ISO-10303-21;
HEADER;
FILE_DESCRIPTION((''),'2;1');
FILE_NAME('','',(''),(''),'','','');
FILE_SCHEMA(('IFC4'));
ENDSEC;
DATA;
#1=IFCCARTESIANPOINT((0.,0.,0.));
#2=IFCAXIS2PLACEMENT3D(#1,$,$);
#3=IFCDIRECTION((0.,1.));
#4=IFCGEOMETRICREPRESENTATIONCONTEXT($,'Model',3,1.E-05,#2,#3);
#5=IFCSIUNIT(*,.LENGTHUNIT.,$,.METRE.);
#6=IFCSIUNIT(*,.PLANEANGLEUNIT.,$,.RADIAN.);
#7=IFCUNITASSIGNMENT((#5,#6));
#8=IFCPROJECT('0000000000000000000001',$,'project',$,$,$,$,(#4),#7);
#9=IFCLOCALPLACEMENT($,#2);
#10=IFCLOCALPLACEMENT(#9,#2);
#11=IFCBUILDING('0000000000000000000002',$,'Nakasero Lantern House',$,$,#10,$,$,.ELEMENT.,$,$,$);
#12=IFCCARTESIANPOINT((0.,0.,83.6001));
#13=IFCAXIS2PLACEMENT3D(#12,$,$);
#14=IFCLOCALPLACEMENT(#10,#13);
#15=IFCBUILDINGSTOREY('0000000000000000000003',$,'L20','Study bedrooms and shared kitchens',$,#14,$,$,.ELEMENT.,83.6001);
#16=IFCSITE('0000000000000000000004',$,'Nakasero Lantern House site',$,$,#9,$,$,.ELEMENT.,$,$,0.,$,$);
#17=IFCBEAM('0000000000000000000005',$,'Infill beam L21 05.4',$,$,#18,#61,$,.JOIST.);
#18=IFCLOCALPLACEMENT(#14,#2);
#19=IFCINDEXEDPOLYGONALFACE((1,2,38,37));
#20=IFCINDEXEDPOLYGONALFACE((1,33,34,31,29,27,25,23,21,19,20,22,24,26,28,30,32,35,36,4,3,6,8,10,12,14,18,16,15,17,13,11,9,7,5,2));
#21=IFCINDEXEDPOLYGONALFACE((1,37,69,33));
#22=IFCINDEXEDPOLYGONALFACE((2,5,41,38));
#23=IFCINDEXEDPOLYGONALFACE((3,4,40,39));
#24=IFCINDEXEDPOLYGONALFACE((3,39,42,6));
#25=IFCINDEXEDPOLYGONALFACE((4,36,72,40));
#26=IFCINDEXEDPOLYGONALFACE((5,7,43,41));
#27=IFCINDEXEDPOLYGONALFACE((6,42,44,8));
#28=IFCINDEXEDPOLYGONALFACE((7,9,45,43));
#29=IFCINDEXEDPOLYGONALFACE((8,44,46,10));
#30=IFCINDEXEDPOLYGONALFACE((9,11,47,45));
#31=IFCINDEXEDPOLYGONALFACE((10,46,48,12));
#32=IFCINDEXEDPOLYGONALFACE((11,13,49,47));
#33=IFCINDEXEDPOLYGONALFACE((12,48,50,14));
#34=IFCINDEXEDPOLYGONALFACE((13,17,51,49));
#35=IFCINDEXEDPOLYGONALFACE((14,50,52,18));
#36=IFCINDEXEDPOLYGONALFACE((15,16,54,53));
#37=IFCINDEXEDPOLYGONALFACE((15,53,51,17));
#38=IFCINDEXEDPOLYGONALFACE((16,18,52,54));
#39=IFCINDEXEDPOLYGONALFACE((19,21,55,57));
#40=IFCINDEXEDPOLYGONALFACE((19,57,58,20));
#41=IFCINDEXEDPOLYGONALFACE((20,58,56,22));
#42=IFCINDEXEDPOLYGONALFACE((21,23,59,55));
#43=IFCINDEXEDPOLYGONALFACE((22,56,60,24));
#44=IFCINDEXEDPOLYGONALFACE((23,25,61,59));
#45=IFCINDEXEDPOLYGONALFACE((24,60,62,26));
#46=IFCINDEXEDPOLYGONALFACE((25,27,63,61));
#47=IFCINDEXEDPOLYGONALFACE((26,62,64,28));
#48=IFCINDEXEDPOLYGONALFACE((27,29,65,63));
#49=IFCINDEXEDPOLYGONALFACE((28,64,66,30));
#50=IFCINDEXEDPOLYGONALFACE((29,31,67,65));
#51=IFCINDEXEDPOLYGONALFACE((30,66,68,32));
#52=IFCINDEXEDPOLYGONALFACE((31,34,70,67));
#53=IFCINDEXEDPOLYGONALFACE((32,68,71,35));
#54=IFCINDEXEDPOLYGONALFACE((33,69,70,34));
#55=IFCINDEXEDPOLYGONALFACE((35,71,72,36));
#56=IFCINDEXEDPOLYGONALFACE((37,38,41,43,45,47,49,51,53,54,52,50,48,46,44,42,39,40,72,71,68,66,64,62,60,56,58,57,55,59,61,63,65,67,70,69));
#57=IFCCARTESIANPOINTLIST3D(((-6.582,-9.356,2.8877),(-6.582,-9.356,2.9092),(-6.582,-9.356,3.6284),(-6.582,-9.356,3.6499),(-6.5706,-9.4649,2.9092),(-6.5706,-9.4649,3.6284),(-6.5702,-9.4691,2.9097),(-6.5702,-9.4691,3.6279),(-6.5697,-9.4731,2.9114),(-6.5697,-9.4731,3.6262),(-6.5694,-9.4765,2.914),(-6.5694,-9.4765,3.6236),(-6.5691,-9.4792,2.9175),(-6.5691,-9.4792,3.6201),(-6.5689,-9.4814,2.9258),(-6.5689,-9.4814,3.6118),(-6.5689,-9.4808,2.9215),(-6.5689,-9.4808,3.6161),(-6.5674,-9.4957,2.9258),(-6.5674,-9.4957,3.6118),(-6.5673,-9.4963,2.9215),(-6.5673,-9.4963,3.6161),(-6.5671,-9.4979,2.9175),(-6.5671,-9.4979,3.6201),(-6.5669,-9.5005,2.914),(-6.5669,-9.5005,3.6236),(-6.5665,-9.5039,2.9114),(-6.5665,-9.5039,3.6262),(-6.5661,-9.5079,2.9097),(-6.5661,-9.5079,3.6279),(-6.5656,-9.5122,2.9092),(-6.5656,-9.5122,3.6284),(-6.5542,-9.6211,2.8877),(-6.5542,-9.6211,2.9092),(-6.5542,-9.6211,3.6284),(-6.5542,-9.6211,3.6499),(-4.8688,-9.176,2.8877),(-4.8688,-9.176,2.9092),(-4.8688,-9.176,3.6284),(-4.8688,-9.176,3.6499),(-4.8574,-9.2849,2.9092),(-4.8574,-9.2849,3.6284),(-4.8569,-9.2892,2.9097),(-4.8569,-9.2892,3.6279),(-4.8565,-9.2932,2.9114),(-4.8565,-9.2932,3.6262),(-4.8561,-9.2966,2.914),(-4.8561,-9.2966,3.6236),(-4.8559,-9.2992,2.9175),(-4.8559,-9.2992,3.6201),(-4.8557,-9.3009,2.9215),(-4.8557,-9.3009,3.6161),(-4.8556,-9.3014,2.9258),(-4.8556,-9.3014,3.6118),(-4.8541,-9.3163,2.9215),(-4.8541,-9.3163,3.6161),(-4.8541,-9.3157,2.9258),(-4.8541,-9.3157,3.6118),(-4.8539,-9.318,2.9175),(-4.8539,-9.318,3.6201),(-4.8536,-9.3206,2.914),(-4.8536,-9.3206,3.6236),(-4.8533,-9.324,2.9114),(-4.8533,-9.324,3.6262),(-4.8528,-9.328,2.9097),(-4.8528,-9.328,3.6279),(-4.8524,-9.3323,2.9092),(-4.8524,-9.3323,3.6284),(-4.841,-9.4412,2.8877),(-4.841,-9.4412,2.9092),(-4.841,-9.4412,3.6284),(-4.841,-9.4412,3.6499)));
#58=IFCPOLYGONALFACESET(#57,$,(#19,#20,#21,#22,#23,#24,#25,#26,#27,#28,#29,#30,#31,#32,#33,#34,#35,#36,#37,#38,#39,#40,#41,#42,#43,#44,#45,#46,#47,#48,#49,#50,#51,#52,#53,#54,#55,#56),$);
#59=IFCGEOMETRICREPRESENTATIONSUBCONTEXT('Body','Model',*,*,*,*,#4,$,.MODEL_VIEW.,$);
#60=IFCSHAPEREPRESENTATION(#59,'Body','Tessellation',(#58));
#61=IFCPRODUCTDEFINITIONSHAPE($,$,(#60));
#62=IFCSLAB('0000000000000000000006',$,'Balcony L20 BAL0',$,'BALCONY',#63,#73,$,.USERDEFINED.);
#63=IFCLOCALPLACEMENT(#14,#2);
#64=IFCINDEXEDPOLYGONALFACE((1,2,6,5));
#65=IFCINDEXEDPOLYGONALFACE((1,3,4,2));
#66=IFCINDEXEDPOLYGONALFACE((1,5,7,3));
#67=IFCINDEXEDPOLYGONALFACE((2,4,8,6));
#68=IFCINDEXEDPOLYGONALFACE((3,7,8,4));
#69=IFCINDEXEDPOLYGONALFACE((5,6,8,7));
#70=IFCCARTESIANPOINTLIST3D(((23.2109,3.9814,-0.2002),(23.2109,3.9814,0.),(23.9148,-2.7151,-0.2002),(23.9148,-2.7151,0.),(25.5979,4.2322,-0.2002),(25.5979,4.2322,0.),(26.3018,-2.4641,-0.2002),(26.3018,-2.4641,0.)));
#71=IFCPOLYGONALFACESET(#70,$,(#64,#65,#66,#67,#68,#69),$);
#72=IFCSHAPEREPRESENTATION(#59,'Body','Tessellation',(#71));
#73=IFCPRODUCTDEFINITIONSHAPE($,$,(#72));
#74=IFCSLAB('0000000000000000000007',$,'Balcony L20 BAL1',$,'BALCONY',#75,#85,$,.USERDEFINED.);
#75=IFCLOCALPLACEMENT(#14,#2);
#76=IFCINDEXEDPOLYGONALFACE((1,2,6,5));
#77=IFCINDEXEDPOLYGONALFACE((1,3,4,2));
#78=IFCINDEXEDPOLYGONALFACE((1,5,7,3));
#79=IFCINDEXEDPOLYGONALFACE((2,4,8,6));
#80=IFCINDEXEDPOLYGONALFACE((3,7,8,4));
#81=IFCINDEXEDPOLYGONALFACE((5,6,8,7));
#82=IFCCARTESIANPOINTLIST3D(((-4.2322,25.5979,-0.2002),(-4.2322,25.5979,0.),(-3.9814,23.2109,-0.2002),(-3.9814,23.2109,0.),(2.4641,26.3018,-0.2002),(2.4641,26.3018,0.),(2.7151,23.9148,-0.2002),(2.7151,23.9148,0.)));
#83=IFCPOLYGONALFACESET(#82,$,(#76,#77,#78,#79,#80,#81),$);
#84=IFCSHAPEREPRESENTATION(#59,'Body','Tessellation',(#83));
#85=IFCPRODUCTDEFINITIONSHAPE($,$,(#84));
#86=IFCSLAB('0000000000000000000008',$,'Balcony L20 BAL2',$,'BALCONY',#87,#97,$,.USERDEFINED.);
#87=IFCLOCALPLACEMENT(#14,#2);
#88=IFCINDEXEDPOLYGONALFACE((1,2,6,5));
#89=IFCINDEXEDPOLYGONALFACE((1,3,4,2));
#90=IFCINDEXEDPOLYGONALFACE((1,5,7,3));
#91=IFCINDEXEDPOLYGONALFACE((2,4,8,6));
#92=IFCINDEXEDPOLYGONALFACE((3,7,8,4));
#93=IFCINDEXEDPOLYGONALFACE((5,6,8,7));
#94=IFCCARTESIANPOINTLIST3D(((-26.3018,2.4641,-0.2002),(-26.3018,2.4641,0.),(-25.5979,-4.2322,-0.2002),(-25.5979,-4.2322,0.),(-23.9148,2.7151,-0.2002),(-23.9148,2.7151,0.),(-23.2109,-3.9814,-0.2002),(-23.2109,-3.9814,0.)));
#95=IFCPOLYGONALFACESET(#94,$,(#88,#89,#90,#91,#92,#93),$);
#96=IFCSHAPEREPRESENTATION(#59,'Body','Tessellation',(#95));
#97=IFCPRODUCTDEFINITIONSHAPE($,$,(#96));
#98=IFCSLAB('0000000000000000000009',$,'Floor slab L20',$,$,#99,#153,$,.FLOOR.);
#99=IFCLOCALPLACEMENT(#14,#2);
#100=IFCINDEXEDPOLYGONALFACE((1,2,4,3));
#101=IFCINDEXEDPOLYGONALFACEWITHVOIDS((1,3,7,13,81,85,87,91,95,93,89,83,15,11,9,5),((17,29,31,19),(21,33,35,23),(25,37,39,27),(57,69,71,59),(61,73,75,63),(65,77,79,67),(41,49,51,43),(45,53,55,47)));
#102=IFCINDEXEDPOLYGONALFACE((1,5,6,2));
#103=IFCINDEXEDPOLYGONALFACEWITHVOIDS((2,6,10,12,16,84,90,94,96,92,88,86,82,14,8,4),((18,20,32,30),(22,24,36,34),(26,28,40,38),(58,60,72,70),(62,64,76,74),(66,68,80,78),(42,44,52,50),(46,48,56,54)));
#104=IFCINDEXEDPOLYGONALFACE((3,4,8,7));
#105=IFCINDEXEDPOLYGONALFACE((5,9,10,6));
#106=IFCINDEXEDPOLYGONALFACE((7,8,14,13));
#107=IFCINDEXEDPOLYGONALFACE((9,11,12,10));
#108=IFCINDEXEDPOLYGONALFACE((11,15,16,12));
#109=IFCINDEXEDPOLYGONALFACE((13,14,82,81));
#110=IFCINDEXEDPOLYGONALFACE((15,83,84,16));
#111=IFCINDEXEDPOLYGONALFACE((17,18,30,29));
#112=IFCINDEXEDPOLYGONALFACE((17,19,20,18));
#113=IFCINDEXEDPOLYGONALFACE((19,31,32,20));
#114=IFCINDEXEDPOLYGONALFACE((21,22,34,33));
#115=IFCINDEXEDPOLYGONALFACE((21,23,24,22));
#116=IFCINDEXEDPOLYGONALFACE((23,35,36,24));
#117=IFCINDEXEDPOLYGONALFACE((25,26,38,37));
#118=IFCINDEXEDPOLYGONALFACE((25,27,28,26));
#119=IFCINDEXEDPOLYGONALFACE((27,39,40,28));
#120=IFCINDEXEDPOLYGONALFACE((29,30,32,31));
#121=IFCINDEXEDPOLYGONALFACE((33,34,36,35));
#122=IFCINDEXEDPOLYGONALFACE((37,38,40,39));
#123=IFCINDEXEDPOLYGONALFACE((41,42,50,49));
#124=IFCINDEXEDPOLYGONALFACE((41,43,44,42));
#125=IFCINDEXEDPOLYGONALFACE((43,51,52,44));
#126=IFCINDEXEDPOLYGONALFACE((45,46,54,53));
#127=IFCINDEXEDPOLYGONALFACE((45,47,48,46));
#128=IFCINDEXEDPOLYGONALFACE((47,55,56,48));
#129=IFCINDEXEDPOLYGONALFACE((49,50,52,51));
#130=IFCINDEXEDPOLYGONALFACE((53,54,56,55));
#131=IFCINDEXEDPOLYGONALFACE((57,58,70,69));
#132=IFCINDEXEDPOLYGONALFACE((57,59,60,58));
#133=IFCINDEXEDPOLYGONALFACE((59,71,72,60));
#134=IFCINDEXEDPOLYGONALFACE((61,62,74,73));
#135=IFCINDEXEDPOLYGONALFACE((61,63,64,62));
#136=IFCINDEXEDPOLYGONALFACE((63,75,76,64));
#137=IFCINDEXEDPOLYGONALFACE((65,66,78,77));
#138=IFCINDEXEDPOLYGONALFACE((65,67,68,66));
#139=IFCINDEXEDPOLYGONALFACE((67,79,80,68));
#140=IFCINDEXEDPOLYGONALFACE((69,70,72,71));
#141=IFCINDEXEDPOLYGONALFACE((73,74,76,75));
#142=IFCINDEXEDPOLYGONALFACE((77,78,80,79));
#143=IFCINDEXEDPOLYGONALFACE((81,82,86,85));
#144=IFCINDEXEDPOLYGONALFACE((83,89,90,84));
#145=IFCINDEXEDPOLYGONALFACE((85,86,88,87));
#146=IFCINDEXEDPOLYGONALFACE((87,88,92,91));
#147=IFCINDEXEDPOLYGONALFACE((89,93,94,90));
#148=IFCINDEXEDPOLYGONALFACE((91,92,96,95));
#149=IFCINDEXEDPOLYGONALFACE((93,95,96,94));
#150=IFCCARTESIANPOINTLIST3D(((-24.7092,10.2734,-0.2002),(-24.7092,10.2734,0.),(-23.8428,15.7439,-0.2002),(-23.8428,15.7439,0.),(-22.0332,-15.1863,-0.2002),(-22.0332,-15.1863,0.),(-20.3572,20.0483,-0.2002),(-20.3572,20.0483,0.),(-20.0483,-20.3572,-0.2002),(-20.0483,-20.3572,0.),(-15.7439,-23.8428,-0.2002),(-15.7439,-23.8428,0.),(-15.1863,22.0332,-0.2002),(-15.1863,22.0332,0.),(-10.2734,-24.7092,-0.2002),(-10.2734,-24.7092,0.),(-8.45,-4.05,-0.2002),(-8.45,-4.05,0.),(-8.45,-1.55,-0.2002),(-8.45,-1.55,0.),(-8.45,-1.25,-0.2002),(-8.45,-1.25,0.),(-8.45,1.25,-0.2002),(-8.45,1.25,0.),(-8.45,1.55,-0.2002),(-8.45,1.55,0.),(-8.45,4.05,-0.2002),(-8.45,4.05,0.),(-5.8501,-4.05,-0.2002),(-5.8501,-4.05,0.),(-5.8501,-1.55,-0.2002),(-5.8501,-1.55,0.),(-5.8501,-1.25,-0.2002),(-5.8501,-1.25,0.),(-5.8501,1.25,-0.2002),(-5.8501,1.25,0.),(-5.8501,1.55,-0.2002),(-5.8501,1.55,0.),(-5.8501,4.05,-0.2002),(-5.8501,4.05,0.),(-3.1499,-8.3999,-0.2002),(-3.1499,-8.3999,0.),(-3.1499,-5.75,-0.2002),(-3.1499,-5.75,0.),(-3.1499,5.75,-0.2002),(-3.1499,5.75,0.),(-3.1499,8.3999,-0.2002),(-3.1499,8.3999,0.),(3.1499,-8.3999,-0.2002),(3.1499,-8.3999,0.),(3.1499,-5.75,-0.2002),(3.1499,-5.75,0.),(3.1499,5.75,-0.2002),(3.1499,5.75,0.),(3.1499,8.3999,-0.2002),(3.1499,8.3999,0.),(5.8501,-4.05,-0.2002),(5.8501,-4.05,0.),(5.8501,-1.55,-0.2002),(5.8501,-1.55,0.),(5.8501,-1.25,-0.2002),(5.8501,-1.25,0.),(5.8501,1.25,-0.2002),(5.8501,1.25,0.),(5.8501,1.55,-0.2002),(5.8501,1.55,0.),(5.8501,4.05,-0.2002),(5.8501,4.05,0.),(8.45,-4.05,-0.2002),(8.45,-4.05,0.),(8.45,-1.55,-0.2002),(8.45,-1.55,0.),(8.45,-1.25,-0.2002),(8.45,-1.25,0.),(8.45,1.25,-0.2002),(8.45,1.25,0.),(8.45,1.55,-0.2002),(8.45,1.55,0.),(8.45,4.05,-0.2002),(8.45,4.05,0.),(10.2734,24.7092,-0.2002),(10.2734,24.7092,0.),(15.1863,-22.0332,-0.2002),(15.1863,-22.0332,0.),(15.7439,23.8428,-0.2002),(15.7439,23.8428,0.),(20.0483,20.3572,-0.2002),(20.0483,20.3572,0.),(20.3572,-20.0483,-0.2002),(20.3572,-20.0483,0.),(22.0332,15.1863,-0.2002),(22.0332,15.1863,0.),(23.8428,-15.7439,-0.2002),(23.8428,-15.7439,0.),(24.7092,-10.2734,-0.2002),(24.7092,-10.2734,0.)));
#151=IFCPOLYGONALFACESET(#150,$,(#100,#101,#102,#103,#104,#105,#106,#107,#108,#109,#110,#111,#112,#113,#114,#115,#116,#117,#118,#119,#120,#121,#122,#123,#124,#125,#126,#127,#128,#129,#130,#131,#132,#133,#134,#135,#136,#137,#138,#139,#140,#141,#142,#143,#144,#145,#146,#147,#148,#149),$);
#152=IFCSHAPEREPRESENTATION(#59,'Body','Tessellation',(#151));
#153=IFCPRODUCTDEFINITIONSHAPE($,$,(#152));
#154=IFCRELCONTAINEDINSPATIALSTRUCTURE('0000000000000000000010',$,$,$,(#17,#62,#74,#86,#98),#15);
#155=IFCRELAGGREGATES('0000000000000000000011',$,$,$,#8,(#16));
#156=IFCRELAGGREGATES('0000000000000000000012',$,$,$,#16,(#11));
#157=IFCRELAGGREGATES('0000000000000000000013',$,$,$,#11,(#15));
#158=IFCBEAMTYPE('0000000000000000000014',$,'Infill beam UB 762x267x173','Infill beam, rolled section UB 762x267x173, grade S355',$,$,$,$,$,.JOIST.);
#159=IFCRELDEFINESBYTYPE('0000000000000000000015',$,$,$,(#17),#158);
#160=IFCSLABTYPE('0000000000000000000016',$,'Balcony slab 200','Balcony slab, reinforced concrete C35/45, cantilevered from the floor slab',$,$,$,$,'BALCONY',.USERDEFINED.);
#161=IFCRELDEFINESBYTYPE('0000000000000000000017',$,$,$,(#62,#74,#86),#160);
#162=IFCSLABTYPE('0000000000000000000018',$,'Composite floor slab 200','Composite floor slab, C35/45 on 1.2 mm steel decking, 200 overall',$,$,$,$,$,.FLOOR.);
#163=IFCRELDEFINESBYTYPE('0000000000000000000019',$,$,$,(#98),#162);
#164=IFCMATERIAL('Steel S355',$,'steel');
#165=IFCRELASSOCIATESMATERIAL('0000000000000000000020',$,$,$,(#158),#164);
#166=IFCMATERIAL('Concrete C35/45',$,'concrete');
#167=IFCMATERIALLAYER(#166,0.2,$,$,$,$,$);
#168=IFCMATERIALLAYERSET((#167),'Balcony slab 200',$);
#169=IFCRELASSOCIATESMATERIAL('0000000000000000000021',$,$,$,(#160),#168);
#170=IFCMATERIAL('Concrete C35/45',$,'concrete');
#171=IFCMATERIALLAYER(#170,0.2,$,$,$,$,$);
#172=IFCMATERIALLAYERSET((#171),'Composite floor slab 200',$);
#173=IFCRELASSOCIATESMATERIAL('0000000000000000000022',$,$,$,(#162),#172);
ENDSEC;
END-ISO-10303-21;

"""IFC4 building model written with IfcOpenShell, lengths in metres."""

from ifc_helpers import new_model, si_unit, direction, frame, origin, origin_2d, place, context, subcontext, project, spatial, polyline, i_section, outline, extrude, material, layer, layer_set, material_profile, profile_set, type_object, element, save


model = new_model("IFC4")

# Units and contexts
model_context = context("Model", 3, precision=1e-05, world=origin(), true_north=direction((0.0, 1.0)))
body_context = subcontext(model_context, "Body", "Model", "MODEL_VIEW")
ifc_project = project(units=[si_unit("LENGTHUNIT", "METRE"), si_unit("PLANEANGLEUNIT", "RADIAN")], contexts=[model_context])

# Site, building, storey
site_placement = place(None, origin())
site = spatial("IfcSite", under=ifc_project, at=site_placement, Name="Nakasero Lantern House site", CompositionType="ELEMENT", RefElevation=0.0)
building_placement = place(site_placement, origin())
building = spatial("IfcBuilding", under=site, at=building_placement, Name="Nakasero Lantern House", CompositionType="ELEMENT")
storey_placement = place(building_placement, frame((0.0, 0.0, 83.6001)))
storey = spatial("IfcBuildingStorey", under=building, at=storey_placement, Name="L20", Description="Study bedrooms and shared kitchens", CompositionType="ELEMENT", Elevation=83.6001)

# Beam
ifc_material_1 = material(Name="Steel S355", Category="steel")
ifc_material_profile = material_profile(ifc_material_1, i_section(OverallWidth=0.2666, OverallDepth=0.7622, WebThickness=0.0144, FlangeThickness=0.0215, FilletRadius=0.0166, at=origin_2d()), Name="UB 762x267x173")
ifc_profile_set = profile_set([ifc_material_profile], Name="Steel S355")
beam_type = type_object("IfcBeamType", Name="Infill beam UB 762x267x173", Description="Infill beam, rolled section UB 762x267x173, grade S355", PredefinedType="JOIST", material=ifc_profile_set)
beam_placement = place(storey_placement, frame((-6.5681, -9.4885, 3.2688), z_axis=(0.99453, 0.104456, 0.0), x_axis=(-0.104456, 0.99453, 0.0)))
element("IfcBeam", 1, at=beam_placement, inside=storey, type_object=beam_type, Name="Infill beam L21 05.4", PredefinedType="JOIST", context=body_context, shape_type="SweptSolid", body=[
    extrude(i_section(OverallWidth=0.2666, OverallDepth=0.7622, WebThickness=0.0144, FlangeThickness=0.0215, FilletRadius=0.0166, at=origin_2d()), origin(), (0.0, 0.0, 1.0), 1.7227),
])

# Slabs
ifc_material_2 = material(Name="Concrete C35/45", Category="concrete")
ifc_layer_1 = layer(ifc_material_2, 0.2)
ifc_layer_set_1 = layer_set([ifc_layer_1], Name="Balcony slab 200")
slab_type_1 = type_object("IfcSlabType", Name="Balcony slab 200", Description="Balcony slab, reinforced concrete C35/45, cantilevered from the floor slab", ElementType="BALCONY", PredefinedType="USERDEFINED", material=ifc_layer_set_1)
slab_1_placement = place(storey_placement, frame((0.0, 0.0, -0.2002)))
element("IfcSlab", 2, at=slab_1_placement, inside=storey, type_object=slab_type_1, Name="Balcony L20 BAL0", ObjectType="BALCONY", PredefinedType="USERDEFINED", context=body_context, shape_type="SweptSolid", body=[
    extrude(outline(polyline([(23.9148, -2.7151), (26.3018, -2.4641), (25.5979, 4.2322), (23.2109, 3.9814), (23.9148, -2.7151)])), origin(), (0.0, 0.0, 1.0), 0.2002),
])
slab_2_placement = place(storey_placement, frame((0.0, 0.0, -0.2002)))
element("IfcSlab", 3, at=slab_2_placement, inside=storey, type_object=slab_type_1, Name="Balcony L20 BAL1", ObjectType="BALCONY", PredefinedType="USERDEFINED", context=body_context, shape_type="SweptSolid", body=[
    extrude(outline(polyline([(2.7151, 23.9148), (2.4641, 26.3018), (-4.2322, 25.5979), (-3.9814, 23.2109), (2.7151, 23.9148)])), origin(), (0.0, 0.0, 1.0), 0.2002),
])
slab_3_placement = place(storey_placement, frame((0.0, 0.0, -0.2002)))
element("IfcSlab", 4, at=slab_3_placement, inside=storey, type_object=slab_type_1, Name="Balcony L20 BAL2", ObjectType="BALCONY", PredefinedType="USERDEFINED", context=body_context, shape_type="SweptSolid", body=[
    extrude(outline(polyline([(-23.9148, 2.7151), (-26.3018, 2.4641), (-25.5979, -4.2322), (-23.2109, -3.9814), (-23.9148, 2.7151)])), origin(), (0.0, 0.0, 1.0), 0.2002),
])
ifc_material_3 = material(Name="Concrete C35/45", Category="concrete")
ifc_layer_2 = layer(ifc_material_3, 0.2)
ifc_layer_set_2 = layer_set([ifc_layer_2], Name="Composite floor slab 200")
slab_type_2 = type_object("IfcSlabType", Name="Composite floor slab 200", Description="Composite floor slab, C35/45 on 1.2 mm steel decking, 200 overall", PredefinedType="FLOOR", material=ifc_layer_set_2)
slab_4_placement = place(storey_placement, frame((0.0, 0.0, -0.2002)))
element("IfcSlab", 5, at=slab_4_placement, inside=storey, type_object=slab_type_2, Name="Floor slab L20", PredefinedType="FLOOR", context=body_context, shape_type="SweptSolid", body=[
    extrude(outline(polyline([(22.0332, 15.1863), (20.0483, 20.3572), (15.7439, 23.8428), (10.2734, 24.7092), (-15.1863, 22.0332), (-20.3572, 20.0483), (-23.8428, 15.7439), (-24.7092, 10.2734), (-22.0332, -15.1863), (-20.0483, -20.3572), (-15.7439, -23.8428), (-10.2734, -24.7092), (15.1863, -22.0332), (20.3572, -20.0483), (23.8428, -15.7439), (24.7092, -10.2734), (22.0332, 15.1863)]), holes=[polyline([(-8.45, -4.05), (-5.8501, -4.05), (-5.8501, -1.55), (-8.45, -1.55), (-8.45, -4.05)]), polyline([(-8.45, -1.25), (-5.8501, -1.25), (-5.8501, 1.25), (-8.45, 1.25), (-8.45, -1.25)]), polyline([(-8.45, 1.55), (-5.8501, 1.55), (-5.8501, 4.05), (-8.45, 4.05), (-8.45, 1.55)]), polyline([(5.8501, -4.05), (8.45, -4.05), (8.45, -1.55), (5.8501, -1.55), (5.8501, -4.05)]), polyline([(5.8501, -1.25), (8.45, -1.25), (8.45, 1.25), (5.8501, 1.25), (5.8501, -1.25)]), polyline([(5.8501, 1.55), (8.45, 1.55), (8.45, 4.05), (5.8501, 4.05), (5.8501, 1.55)]), polyline([(-3.1499, 5.75), (3.1499, 5.75), (3.1499, 8.3999), (-3.1499, 8.3999), (-3.1499, 5.75)]), polyline([(-3.1499, -8.3999), (3.1499, -8.3999), (3.1499, -5.75), (-3.1499, -5.75), (-3.1499, -8.3999)])]), origin(), (0.0, 0.0, 1.0), 0.2002),
])

save(model, "model.ifc")
